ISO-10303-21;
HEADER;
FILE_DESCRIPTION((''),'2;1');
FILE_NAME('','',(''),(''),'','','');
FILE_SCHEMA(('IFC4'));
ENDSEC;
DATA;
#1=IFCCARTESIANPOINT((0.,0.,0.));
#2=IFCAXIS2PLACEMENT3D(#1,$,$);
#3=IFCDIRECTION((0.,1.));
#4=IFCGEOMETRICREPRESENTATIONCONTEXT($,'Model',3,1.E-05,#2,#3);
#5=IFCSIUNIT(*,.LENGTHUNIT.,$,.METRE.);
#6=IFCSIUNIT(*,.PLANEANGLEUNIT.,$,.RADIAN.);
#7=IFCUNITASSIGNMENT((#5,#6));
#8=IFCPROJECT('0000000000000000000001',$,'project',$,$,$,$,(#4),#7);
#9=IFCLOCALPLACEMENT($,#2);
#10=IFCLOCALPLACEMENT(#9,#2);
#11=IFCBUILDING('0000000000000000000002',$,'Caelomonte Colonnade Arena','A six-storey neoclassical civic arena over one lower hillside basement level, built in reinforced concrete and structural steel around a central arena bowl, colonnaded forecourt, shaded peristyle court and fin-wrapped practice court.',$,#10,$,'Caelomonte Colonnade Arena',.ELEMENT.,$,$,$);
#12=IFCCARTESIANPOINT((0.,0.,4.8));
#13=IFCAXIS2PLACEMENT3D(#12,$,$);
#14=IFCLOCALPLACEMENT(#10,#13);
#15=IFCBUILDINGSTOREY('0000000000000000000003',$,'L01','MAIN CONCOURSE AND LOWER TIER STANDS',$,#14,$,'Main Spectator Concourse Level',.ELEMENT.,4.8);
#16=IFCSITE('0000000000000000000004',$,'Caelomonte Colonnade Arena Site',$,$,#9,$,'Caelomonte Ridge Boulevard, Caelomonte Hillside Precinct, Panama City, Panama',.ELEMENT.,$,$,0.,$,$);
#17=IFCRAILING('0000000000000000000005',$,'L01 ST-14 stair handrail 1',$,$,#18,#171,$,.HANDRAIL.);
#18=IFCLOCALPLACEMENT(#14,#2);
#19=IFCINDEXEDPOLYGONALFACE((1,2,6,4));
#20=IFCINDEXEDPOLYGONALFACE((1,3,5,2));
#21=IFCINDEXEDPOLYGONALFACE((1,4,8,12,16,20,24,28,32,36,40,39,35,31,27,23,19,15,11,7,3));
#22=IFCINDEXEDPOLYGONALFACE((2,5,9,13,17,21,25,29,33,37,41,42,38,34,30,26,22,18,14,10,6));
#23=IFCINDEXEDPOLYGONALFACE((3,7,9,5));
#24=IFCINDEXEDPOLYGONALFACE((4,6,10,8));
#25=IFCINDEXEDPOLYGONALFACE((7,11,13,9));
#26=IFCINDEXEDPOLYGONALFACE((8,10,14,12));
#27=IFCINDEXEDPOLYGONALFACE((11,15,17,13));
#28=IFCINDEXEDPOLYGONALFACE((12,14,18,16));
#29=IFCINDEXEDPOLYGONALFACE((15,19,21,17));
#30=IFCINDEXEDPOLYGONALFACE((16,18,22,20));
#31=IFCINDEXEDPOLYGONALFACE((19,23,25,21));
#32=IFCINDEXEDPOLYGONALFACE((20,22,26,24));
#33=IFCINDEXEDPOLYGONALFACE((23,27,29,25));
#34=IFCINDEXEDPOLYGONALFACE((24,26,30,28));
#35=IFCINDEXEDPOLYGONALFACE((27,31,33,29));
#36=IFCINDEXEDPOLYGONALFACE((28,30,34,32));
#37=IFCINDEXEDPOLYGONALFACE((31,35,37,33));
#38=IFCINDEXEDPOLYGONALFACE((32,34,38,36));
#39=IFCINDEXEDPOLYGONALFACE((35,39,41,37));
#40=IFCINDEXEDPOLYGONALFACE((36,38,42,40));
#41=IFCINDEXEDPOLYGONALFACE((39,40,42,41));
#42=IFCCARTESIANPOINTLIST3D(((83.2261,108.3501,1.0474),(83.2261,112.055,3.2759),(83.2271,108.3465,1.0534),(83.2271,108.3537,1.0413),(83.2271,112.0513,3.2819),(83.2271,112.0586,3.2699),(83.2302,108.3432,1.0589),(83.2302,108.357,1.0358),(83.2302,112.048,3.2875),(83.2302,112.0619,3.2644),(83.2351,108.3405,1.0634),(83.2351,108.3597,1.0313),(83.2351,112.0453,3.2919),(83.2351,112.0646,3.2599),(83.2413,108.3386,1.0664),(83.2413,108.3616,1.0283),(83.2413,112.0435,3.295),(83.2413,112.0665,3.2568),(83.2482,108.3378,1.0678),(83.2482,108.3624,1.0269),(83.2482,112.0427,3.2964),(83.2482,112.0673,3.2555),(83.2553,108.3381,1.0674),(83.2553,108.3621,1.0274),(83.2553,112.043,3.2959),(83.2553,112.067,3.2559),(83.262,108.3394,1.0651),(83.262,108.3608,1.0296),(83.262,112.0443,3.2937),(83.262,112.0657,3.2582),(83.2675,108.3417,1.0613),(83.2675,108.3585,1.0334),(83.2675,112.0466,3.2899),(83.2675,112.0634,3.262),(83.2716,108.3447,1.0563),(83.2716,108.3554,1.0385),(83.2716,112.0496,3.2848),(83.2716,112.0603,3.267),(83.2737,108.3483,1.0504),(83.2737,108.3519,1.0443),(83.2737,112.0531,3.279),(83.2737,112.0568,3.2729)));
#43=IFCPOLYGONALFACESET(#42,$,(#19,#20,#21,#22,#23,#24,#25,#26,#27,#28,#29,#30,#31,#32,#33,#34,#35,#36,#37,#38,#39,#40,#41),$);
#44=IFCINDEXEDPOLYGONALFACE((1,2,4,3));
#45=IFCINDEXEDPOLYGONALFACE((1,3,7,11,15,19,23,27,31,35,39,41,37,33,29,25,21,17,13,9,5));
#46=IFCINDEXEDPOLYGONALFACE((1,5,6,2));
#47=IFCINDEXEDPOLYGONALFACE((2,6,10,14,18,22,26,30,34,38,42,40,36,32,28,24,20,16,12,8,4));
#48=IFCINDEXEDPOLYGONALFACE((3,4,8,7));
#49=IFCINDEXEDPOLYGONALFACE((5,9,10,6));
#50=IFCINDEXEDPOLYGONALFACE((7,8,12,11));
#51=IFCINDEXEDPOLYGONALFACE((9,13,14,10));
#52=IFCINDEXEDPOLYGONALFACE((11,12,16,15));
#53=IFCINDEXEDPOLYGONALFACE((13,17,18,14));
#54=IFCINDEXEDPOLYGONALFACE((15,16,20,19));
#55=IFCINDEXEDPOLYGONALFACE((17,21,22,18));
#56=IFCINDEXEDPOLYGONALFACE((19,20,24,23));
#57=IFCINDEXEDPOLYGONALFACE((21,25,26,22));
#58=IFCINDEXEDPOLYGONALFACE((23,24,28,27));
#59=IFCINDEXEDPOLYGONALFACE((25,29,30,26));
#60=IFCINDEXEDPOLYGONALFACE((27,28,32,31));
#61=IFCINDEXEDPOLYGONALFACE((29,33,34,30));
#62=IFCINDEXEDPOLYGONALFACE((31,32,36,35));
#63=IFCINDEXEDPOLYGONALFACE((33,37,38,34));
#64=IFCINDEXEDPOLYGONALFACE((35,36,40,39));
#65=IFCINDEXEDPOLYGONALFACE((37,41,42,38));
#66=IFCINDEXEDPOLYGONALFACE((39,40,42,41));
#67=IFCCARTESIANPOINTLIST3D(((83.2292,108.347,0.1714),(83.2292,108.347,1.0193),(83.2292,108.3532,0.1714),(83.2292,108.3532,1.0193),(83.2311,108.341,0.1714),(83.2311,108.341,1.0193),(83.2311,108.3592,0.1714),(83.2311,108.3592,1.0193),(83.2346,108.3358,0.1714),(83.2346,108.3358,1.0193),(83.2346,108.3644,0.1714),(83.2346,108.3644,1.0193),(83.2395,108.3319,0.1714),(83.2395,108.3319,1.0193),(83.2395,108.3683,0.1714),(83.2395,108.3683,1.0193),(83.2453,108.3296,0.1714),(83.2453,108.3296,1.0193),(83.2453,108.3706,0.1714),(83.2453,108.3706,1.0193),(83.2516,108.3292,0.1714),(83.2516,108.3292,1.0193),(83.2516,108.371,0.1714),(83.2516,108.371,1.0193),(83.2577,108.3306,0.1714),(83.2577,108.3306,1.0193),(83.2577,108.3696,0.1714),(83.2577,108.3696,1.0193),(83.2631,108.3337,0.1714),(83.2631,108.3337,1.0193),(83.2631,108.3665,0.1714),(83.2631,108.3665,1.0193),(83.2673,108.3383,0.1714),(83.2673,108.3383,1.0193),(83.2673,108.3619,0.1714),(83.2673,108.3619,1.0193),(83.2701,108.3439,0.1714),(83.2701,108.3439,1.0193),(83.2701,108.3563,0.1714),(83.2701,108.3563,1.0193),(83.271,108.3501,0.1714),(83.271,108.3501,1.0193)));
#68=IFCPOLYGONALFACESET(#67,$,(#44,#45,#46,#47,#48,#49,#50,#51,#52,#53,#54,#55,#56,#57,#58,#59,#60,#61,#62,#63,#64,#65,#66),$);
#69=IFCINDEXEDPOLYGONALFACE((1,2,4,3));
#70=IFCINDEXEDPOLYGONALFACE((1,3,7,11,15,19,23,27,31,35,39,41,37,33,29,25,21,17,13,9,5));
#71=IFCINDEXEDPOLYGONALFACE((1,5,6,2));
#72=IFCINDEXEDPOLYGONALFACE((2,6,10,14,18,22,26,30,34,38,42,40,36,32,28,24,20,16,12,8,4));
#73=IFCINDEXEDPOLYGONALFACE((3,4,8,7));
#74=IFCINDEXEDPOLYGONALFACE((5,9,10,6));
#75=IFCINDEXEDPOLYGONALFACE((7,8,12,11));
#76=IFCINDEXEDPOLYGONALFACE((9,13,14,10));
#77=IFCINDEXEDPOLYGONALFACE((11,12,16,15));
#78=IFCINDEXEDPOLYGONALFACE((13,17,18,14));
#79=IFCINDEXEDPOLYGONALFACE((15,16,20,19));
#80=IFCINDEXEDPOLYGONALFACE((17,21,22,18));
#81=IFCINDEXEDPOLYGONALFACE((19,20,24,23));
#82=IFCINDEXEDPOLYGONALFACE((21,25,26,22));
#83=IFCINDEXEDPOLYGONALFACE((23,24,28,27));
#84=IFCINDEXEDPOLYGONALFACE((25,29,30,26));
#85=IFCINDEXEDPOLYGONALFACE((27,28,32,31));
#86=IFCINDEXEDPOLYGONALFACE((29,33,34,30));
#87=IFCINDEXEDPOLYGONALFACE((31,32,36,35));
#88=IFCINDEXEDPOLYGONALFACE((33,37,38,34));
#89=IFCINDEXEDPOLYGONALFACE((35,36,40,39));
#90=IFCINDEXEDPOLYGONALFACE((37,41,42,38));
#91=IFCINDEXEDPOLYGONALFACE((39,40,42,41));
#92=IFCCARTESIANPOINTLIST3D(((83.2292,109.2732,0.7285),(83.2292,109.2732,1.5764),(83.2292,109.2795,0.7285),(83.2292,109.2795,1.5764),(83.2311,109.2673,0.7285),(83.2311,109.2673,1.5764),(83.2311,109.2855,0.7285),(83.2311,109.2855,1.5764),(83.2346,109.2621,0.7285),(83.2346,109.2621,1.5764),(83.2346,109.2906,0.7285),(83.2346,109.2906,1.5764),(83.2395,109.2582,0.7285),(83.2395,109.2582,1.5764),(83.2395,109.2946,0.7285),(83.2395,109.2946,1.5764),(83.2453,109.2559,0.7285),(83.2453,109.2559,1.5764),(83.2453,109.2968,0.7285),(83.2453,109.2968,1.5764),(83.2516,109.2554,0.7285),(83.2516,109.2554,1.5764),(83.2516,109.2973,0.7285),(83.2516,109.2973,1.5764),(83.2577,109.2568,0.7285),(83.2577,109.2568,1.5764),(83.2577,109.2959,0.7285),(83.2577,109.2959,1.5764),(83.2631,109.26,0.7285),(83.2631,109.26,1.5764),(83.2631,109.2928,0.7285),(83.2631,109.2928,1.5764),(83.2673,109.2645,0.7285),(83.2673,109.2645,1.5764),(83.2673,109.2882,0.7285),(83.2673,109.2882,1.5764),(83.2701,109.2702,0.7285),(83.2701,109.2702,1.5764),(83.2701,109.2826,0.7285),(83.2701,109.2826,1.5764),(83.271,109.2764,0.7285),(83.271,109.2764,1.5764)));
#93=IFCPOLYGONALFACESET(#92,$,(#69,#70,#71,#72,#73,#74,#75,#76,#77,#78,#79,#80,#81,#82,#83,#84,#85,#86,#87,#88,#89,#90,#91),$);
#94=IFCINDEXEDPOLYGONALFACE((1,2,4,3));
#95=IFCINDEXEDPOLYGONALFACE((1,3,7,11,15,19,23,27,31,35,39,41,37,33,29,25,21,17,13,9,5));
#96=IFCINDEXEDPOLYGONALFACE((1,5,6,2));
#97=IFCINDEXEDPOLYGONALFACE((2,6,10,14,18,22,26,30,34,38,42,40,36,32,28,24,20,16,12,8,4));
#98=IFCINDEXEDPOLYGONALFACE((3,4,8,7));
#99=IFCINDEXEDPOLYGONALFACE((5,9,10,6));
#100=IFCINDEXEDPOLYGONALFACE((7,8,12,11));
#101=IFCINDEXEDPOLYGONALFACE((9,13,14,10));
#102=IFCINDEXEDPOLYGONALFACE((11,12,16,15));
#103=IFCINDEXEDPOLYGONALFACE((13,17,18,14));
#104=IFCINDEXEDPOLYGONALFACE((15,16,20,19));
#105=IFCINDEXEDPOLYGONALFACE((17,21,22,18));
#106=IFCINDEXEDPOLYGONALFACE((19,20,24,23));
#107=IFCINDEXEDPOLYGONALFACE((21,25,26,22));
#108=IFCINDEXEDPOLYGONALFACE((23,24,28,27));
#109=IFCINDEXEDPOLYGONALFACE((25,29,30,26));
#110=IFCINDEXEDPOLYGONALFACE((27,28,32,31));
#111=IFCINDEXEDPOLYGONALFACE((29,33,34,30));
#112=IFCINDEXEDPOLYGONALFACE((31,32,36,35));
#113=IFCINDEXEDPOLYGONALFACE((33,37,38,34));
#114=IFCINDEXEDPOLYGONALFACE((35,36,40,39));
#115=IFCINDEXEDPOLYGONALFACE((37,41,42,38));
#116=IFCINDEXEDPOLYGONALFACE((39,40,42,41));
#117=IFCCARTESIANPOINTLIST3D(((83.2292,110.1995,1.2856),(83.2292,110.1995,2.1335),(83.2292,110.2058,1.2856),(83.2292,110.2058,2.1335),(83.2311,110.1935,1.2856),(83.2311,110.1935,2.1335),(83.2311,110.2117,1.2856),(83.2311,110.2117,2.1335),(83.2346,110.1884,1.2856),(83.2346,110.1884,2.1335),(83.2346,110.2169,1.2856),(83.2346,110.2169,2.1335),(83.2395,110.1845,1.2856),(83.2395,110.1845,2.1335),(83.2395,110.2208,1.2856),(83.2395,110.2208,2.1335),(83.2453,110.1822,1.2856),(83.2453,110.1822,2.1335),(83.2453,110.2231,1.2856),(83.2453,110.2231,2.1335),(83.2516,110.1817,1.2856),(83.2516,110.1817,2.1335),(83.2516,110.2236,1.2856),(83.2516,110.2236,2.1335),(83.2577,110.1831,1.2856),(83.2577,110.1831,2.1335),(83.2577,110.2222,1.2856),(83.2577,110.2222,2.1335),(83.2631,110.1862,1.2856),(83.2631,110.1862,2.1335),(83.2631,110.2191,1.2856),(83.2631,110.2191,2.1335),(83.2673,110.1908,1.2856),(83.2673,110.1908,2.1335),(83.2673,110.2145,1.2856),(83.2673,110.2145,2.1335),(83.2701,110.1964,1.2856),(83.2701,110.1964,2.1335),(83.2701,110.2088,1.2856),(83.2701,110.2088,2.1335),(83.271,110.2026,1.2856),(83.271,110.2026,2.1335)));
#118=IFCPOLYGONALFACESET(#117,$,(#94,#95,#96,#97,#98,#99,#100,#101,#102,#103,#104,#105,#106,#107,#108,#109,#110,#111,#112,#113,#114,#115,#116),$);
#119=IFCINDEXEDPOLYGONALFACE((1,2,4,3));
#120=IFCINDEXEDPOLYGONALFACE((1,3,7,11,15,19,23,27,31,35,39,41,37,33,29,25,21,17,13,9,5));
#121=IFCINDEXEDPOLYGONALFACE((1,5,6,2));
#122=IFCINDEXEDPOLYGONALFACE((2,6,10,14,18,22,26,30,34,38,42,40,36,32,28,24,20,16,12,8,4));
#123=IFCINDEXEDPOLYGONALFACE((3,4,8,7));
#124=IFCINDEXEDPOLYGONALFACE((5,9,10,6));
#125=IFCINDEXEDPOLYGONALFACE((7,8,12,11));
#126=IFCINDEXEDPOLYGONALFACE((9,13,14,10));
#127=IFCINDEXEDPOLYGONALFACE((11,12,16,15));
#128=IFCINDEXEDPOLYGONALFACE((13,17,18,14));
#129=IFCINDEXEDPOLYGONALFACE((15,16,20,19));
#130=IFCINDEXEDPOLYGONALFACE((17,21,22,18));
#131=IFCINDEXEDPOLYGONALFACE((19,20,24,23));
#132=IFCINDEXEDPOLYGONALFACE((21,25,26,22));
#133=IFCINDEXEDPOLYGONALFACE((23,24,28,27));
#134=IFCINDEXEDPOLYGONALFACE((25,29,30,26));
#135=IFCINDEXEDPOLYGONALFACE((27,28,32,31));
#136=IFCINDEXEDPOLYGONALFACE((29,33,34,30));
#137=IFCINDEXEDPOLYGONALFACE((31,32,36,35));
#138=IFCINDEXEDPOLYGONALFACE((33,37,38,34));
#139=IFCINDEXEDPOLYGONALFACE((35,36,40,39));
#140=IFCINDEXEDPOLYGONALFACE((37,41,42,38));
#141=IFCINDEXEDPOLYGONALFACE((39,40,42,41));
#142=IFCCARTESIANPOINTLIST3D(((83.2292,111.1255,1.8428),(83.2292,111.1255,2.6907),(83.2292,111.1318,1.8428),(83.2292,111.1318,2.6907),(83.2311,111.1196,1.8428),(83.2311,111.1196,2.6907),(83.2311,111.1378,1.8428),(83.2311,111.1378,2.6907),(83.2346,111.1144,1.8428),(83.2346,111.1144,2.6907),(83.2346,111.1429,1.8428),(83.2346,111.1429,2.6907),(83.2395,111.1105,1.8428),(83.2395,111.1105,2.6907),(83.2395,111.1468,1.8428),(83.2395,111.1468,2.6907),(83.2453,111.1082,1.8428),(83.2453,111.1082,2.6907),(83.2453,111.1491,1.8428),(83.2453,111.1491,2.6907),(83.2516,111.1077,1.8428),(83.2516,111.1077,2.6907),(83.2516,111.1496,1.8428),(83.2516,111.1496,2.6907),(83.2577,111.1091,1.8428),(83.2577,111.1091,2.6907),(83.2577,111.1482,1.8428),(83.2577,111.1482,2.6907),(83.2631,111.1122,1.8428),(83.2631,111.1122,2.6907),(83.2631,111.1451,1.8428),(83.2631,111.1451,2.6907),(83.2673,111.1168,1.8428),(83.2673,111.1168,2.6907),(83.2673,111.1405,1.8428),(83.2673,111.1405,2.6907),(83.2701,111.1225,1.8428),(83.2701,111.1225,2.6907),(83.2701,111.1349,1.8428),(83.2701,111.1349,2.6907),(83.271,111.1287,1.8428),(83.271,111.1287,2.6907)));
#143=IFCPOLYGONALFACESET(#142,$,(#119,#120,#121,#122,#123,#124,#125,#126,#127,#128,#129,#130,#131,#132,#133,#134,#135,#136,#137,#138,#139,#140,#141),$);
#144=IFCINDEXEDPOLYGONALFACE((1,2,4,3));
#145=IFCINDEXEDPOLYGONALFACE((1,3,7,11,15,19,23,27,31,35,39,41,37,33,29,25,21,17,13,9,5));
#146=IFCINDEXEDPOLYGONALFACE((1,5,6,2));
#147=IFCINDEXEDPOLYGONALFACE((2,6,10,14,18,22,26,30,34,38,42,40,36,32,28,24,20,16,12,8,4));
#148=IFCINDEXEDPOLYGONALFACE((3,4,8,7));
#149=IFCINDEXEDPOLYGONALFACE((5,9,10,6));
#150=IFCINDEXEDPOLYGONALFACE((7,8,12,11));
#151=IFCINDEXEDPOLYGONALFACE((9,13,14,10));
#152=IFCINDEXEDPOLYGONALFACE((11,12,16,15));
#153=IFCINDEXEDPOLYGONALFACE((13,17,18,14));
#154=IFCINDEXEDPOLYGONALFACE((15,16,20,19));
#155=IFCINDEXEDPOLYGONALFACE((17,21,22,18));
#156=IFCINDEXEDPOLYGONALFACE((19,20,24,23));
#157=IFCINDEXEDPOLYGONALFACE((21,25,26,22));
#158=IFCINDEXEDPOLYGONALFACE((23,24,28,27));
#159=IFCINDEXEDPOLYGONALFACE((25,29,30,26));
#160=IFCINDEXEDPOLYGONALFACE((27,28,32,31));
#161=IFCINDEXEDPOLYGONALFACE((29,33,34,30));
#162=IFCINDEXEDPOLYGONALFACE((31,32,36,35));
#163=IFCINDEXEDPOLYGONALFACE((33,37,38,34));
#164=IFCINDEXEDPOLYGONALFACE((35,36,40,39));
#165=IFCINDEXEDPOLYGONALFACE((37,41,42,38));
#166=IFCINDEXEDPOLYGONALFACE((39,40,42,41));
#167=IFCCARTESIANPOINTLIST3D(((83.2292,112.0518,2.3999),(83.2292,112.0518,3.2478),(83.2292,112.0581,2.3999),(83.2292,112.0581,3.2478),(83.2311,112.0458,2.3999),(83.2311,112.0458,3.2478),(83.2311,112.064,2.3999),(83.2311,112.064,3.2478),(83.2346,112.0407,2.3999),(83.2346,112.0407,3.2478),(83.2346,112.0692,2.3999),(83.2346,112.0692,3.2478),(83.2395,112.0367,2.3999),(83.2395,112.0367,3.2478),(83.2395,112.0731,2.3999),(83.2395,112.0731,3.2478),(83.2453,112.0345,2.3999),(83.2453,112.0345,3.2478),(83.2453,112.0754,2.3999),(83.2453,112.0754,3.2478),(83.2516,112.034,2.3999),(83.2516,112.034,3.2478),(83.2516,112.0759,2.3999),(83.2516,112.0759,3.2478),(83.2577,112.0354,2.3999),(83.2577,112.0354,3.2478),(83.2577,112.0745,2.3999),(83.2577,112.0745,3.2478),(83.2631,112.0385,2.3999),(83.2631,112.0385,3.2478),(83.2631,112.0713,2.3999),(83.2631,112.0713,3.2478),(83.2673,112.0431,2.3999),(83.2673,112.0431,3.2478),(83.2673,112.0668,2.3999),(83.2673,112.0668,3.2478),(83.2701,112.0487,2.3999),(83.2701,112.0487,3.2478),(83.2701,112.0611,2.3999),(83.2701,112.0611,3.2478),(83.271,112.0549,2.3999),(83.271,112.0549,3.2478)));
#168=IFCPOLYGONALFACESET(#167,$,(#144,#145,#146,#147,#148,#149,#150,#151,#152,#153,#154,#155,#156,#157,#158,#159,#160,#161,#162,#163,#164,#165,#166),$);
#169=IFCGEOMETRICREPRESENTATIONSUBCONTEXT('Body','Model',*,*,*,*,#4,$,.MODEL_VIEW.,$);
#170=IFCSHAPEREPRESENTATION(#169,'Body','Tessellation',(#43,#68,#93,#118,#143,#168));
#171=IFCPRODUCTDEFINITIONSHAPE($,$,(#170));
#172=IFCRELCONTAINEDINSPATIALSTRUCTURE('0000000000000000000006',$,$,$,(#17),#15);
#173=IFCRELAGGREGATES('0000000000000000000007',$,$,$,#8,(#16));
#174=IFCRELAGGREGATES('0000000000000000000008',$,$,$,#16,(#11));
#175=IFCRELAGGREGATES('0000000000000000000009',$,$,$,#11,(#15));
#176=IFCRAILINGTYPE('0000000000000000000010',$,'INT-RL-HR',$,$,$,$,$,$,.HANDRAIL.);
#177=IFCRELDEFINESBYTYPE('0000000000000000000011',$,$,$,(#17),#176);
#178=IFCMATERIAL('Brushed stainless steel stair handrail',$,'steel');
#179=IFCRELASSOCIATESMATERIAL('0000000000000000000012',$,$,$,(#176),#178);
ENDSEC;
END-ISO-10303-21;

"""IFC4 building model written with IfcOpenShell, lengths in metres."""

from ifc_helpers import new_model, si_unit, direction, frame, origin, origin_2d, place, context, subcontext, project, spatial, circle, extrude, material, type_object, element, save


model = new_model("IFC4")

# Units and contexts
model_context = context("Model", 3, precision=1e-05, world=origin(), true_north=direction((0.0, 1.0)))
body_context = subcontext(model_context, "Body", "Model", "MODEL_VIEW")
ifc_project = project(units=[si_unit("LENGTHUNIT", "METRE"), si_unit("PLANEANGLEUNIT", "RADIAN")], contexts=[model_context])

# Site, building, storey
site_placement = place(None, origin())
site = spatial("IfcSite", under=ifc_project, at=site_placement, Name="Caelomonte Colonnade Arena Site", LongName="Caelomonte Ridge Boulevard, Caelomonte Hillside Precinct, Panama City, Panama", CompositionType="ELEMENT", RefElevation=0.0)
building_placement = place(site_placement, origin())
building = spatial("IfcBuilding", under=site, at=building_placement, Name="Caelomonte Colonnade Arena", Description="A six-storey neoclassical civic arena over one lower hillside basement level, built in reinforced concrete and structural steel around a central arena bowl, colonnaded forecourt, shaded peristyle court and fin-wrapped practice court.", LongName="Caelomonte Colonnade Arena", CompositionType="ELEMENT")
storey_placement = place(building_placement, frame((0.0, 0.0, 4.8)))
storey = spatial("IfcBuildingStorey", under=building, at=storey_placement, Name="L01", Description="MAIN CONCOURSE AND LOWER TIER STANDS", LongName="Main Spectator Concourse Level", CompositionType="ELEMENT", Elevation=4.8)

# Railing
ifc_material_1 = material(Name="Brushed stainless steel stair handrail", Category="steel")
railing_type_1 = type_object("IfcRailingType", Name="INT-RL-HR", PredefinedType="HANDRAIL", material=ifc_material_1)
railing_1_placement = place(storey_placement, frame((83.25, 108.3501, 0.1714)))
element("IfcRailing", 1, at=railing_1_placement, inside=storey, type_object=railing_type_1, Name="L01 ST-14 stair handrail 1", PredefinedType="HANDRAIL", context=body_context, shape_type="SweptSolid", body=[
    extrude(circle(Radius=0.0239, at=origin_2d()), frame((0.0, 0.0, 0.876), z_axis=(0.0, 0.856919, 0.51545), x_axis=(-1.0, 0.0, 0.0)), (0.0, 0.0, 1.0), 4.3235),
    extrude(circle(Radius=0.021, at=origin_2d()), origin(), (0.0, 0.0, 1.0), 0.8479),
    extrude(circle(Radius=0.021, at=origin_2d()), frame((0.0, 0.9263, 0.5571)), (0.0, 0.0, 1.0), 0.8479),
    extrude(circle(Radius=0.021, at=origin_2d()), frame((0.0, 1.8525, 1.1143)), (0.0, 0.0, 1.0), 0.8479),
    extrude(circle(Radius=0.021, at=origin_2d()), frame((0.0, 2.7786, 1.6714)), (0.0, 0.0, 1.0), 0.8479),
    extrude(circle(Radius=0.021, at=origin_2d()), frame((0.0, 3.7048, 2.2285)), (0.0, 0.0, 1.0), 0.8479),
])

save(model, "model.ifc")
